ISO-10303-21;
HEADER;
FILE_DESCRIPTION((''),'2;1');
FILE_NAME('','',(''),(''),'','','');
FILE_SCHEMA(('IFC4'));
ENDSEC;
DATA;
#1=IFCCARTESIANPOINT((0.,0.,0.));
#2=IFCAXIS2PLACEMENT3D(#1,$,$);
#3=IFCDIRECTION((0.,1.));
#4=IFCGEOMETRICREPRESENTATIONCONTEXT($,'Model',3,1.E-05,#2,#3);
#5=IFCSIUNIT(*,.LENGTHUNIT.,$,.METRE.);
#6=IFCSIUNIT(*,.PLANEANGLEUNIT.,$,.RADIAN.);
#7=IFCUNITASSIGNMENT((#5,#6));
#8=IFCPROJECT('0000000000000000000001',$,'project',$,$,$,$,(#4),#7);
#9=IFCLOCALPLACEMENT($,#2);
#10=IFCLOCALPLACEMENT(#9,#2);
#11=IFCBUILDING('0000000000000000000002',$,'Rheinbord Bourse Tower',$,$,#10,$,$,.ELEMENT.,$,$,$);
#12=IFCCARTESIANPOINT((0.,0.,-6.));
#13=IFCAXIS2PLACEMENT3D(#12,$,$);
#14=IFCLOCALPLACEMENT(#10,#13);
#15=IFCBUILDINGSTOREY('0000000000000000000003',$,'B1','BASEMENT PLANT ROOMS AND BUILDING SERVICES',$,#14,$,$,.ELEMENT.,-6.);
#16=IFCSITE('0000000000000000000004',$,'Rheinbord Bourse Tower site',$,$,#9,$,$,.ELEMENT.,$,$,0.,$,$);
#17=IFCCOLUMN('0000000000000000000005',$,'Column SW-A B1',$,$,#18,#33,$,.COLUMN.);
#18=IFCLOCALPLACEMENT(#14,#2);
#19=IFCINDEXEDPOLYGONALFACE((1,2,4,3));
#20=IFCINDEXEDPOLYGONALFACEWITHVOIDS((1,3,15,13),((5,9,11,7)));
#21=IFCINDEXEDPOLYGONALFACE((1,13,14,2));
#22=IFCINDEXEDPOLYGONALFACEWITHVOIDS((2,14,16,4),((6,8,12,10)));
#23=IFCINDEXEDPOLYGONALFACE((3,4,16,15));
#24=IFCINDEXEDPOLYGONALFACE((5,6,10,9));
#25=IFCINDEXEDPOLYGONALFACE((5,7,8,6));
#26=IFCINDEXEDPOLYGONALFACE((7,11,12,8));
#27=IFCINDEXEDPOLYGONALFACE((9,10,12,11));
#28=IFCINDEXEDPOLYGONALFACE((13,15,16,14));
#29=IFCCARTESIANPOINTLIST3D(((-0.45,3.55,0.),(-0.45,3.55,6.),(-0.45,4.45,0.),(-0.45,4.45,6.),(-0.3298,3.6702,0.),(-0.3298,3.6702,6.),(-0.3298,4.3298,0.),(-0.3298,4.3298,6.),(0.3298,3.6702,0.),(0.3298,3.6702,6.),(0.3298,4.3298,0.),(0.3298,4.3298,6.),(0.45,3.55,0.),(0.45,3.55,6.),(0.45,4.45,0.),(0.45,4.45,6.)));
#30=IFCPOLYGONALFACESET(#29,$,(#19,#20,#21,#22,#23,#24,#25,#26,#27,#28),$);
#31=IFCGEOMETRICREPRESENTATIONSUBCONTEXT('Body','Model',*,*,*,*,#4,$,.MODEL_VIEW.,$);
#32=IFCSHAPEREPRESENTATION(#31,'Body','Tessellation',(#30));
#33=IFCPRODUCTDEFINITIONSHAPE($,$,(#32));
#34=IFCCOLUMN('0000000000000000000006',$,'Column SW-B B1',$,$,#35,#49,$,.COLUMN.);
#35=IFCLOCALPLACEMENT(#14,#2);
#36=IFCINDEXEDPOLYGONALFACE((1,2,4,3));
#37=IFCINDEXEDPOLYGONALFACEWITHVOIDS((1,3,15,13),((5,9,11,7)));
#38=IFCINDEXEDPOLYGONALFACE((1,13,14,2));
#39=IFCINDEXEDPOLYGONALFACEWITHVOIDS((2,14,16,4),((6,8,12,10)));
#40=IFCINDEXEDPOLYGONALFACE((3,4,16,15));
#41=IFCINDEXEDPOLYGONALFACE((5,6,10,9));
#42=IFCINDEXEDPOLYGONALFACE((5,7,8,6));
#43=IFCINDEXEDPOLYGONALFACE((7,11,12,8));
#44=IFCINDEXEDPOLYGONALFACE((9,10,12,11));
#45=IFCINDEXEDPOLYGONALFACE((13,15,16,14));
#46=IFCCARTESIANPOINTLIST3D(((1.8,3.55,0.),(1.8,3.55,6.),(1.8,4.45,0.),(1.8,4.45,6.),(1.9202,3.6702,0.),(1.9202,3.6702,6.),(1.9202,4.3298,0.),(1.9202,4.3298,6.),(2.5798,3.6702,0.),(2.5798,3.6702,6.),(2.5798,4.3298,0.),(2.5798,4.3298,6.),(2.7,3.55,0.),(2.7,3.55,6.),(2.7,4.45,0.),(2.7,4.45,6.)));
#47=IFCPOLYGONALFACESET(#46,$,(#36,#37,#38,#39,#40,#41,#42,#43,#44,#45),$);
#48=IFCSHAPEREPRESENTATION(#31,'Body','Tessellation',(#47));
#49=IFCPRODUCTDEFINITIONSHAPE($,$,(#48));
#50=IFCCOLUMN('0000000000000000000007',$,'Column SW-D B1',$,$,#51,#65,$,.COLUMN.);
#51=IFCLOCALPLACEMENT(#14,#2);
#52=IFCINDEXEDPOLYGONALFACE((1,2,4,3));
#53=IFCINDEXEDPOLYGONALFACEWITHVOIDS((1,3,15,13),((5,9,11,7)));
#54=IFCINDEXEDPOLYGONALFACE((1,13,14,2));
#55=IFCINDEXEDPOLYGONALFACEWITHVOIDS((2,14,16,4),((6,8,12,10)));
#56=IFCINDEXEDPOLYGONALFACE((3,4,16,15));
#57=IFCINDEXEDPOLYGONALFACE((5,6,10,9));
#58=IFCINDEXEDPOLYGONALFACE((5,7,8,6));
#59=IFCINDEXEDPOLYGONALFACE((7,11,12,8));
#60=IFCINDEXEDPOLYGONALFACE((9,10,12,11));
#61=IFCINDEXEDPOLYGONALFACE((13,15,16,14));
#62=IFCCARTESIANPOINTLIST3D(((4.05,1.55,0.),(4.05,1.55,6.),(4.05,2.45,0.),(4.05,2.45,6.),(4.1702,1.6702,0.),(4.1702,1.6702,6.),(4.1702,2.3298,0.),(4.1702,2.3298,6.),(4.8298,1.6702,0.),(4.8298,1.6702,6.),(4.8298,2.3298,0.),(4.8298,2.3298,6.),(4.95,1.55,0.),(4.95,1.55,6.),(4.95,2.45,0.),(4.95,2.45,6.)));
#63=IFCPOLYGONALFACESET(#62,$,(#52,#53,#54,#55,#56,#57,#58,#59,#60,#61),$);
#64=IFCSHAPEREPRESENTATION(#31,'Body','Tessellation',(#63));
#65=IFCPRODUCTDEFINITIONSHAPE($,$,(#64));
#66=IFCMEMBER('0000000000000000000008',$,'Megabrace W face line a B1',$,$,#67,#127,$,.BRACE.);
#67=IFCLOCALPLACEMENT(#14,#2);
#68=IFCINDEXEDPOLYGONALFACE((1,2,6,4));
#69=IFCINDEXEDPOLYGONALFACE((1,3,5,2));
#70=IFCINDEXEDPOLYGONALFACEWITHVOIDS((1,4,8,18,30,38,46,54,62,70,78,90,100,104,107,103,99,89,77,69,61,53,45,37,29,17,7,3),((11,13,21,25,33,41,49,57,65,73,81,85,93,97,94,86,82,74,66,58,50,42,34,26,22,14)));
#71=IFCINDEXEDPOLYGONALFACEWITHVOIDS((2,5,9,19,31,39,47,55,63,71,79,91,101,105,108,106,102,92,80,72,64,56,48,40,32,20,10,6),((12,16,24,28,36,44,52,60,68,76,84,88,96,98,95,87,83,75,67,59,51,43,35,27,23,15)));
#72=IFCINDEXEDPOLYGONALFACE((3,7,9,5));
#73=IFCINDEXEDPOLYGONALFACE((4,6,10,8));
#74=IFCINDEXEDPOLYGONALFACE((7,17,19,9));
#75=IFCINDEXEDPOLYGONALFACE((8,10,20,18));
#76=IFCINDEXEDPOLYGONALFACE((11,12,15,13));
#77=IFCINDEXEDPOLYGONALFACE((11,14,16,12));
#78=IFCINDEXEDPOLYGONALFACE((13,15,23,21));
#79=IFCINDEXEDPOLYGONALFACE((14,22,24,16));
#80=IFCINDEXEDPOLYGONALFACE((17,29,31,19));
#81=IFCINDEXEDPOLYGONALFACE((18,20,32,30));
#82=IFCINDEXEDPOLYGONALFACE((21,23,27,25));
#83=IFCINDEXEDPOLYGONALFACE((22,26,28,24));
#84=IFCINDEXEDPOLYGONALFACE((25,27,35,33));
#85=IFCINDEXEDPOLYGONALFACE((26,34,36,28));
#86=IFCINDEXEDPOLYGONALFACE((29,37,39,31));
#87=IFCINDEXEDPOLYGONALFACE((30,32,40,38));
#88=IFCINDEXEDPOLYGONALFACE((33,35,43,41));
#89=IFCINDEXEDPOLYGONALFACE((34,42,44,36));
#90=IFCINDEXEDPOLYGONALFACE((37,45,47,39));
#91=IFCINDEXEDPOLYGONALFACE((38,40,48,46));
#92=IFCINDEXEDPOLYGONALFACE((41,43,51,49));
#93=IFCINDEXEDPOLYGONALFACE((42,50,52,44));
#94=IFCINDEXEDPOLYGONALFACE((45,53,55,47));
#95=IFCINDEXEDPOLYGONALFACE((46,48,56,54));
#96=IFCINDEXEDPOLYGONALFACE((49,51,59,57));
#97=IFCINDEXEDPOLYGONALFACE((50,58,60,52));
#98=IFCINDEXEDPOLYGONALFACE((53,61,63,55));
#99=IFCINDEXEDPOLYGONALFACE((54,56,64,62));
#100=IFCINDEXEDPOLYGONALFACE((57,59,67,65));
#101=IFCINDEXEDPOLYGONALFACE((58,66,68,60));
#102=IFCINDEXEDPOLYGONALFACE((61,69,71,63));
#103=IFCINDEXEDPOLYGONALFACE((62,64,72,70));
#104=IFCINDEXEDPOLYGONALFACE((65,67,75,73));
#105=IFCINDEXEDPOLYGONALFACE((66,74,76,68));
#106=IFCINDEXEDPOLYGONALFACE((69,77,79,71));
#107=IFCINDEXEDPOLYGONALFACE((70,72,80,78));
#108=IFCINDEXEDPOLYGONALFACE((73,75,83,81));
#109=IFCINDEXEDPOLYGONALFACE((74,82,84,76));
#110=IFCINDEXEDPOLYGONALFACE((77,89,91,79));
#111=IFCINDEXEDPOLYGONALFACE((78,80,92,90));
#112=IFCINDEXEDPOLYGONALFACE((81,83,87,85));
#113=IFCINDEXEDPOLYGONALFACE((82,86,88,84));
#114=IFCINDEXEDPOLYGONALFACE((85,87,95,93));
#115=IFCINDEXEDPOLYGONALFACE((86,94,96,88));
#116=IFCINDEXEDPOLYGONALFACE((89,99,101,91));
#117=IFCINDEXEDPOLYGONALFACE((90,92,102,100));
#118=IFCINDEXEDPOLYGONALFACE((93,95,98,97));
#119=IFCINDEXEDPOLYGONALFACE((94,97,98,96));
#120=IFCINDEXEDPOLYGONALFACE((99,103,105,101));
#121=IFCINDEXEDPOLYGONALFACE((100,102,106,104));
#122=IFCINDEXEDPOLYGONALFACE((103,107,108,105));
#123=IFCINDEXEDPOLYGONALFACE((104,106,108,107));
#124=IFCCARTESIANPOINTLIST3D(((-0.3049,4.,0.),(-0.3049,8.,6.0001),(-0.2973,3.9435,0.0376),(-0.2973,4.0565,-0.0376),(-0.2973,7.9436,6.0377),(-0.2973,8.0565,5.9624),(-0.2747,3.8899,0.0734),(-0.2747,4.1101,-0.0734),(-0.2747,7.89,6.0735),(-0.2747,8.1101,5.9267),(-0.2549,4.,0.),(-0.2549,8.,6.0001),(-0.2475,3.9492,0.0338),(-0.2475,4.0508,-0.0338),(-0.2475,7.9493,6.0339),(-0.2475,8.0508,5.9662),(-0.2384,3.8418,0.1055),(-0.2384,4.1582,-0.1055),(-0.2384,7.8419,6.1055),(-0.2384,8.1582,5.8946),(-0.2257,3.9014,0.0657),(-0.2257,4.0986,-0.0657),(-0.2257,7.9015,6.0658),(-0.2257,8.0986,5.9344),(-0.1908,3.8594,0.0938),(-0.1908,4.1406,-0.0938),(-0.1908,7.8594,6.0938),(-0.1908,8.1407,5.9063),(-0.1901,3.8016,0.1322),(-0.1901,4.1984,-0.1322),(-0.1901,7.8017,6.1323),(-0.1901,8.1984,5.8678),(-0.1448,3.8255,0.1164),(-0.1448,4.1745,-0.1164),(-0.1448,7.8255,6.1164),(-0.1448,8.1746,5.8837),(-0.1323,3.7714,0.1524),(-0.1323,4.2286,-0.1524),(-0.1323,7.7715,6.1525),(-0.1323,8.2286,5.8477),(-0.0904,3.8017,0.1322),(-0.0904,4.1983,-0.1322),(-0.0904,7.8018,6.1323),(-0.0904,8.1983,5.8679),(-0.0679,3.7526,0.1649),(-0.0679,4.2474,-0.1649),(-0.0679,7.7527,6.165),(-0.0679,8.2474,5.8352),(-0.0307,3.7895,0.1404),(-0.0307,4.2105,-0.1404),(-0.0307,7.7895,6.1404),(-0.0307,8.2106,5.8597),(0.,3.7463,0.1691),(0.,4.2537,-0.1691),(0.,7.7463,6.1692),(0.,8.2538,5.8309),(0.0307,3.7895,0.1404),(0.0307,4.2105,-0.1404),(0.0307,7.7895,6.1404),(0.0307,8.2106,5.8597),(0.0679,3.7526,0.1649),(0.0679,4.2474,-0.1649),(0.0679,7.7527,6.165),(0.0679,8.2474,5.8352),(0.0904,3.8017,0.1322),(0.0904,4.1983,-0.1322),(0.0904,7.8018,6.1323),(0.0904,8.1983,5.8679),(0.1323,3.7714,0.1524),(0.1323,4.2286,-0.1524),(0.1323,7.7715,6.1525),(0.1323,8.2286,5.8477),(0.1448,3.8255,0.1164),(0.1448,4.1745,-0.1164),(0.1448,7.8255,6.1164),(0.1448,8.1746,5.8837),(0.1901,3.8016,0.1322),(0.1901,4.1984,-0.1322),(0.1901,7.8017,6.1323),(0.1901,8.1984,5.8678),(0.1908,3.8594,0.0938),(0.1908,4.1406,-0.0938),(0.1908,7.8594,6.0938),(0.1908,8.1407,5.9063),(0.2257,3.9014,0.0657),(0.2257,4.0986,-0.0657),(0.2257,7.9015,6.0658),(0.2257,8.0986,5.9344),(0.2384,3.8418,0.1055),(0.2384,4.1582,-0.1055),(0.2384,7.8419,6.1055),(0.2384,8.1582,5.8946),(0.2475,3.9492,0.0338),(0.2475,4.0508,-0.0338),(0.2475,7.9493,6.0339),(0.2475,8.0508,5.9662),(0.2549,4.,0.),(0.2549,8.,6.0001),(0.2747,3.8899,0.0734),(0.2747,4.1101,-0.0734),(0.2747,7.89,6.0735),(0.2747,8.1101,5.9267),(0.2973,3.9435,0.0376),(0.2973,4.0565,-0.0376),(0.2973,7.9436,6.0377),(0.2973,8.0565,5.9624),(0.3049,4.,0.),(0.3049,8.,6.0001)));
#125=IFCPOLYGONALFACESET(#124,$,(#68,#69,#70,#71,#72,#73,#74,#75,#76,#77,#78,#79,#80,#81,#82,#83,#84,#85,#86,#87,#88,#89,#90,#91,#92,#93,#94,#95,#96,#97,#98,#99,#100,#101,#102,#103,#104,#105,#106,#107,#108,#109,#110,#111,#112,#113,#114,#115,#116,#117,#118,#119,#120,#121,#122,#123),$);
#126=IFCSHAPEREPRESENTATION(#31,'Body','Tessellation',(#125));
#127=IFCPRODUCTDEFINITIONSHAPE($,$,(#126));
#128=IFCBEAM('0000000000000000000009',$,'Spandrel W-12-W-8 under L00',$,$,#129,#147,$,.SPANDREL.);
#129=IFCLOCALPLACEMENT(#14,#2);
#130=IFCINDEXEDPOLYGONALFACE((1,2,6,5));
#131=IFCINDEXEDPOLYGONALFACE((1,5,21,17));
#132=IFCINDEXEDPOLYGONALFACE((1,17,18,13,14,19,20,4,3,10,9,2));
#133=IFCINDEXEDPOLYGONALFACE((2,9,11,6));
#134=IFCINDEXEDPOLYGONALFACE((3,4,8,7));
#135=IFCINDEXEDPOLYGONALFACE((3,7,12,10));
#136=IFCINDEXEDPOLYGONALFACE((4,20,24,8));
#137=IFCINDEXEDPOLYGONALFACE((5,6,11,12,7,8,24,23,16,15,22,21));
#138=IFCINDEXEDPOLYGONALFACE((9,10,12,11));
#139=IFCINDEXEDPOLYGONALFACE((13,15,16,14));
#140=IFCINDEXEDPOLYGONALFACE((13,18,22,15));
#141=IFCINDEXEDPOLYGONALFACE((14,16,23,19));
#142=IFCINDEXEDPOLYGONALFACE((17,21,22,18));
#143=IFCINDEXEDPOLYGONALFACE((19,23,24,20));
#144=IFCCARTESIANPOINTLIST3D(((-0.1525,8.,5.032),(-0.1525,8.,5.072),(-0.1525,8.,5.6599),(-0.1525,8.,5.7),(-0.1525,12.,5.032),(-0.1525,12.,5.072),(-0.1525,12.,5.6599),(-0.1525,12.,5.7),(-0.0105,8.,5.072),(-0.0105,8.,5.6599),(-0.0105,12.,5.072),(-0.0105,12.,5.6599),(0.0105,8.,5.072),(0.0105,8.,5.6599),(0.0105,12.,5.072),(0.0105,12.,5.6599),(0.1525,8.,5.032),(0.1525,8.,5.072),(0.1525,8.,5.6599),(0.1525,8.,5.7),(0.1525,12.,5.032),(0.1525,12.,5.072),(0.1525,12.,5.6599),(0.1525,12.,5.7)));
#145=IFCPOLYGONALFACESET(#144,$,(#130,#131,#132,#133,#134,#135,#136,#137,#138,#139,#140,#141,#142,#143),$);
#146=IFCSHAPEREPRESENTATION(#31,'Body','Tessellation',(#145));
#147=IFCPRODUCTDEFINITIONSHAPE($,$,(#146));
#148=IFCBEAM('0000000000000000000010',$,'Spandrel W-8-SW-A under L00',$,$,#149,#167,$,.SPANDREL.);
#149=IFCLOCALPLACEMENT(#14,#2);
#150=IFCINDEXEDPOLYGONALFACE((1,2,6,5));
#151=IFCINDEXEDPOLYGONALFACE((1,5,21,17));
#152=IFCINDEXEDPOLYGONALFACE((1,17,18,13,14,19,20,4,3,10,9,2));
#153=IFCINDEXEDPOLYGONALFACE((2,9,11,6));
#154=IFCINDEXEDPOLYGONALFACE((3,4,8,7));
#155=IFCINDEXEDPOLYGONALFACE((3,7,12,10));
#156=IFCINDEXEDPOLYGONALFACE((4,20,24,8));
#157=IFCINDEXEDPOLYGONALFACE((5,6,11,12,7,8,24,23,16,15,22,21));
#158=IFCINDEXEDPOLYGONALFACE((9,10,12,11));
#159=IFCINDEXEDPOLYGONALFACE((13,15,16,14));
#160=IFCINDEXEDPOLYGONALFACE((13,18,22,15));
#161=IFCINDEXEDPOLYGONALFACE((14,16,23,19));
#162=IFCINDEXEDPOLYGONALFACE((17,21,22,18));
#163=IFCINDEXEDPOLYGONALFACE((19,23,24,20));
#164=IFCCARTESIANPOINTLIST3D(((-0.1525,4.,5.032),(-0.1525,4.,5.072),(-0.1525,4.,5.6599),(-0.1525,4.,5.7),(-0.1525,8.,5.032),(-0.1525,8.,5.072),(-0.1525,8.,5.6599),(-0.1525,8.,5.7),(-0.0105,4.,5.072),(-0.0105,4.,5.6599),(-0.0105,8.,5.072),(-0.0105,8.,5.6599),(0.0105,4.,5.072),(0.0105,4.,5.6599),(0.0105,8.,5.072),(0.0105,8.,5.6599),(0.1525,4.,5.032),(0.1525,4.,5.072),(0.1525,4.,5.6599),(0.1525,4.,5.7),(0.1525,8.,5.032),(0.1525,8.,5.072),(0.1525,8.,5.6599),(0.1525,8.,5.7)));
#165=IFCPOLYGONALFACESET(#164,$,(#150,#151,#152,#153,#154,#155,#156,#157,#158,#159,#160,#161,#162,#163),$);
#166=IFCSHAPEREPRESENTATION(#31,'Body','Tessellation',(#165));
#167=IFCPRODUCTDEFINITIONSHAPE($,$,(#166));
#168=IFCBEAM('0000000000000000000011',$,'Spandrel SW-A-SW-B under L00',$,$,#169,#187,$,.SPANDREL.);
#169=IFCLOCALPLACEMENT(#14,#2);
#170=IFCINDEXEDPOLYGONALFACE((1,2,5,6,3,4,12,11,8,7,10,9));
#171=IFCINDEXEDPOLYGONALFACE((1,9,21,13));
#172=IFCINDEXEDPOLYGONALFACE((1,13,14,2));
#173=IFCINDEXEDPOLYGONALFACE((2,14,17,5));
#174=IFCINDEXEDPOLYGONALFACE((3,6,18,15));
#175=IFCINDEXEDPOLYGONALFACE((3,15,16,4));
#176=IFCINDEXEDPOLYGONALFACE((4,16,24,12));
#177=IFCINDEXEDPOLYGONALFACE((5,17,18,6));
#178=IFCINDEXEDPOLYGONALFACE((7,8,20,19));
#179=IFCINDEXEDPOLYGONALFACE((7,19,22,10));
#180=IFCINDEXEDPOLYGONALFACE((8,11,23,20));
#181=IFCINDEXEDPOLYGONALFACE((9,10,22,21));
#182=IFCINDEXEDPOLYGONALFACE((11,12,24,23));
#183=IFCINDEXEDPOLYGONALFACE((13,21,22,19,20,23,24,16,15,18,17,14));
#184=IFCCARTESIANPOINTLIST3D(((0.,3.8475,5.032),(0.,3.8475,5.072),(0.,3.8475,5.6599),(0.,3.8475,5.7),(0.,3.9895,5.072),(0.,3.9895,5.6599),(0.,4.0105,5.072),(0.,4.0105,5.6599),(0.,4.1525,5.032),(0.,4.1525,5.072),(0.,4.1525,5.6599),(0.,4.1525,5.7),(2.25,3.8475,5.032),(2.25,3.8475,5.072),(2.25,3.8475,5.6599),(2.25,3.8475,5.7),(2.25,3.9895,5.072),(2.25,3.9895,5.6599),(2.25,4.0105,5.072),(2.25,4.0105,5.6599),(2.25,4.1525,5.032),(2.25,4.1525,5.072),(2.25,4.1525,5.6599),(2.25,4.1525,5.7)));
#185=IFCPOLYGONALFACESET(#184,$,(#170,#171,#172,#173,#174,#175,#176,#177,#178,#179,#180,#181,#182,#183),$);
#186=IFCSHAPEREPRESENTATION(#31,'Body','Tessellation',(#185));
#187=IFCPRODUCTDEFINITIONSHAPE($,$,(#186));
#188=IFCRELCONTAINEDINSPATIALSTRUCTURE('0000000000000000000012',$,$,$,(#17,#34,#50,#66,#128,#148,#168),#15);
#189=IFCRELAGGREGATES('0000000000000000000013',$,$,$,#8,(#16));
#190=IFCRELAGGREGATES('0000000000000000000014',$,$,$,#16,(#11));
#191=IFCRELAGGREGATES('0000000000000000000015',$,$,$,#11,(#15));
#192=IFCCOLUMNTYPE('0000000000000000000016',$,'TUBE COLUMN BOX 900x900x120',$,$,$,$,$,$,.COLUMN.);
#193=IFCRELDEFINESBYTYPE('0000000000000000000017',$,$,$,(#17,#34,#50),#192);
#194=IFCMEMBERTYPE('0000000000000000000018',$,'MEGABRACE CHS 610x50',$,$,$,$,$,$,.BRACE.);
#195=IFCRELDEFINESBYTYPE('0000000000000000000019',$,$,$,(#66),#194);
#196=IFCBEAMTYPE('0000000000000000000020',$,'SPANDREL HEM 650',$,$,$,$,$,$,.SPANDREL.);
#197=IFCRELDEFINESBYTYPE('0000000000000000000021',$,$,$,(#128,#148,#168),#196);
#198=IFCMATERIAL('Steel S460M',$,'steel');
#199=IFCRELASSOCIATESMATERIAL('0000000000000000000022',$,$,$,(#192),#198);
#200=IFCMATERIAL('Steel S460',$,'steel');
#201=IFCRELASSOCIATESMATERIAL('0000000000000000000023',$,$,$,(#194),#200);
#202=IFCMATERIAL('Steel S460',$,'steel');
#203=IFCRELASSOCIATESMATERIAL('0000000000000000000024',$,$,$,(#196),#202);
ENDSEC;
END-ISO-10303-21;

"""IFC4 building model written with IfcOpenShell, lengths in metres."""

from ifc_helpers import new_model, si_unit, direction, frame, origin, origin_2d, place, context, subcontext, project, spatial, hollow_rectangle, hollow_circle, i_section, extrude, material, material_profile, profile_set, type_object, element, save


model = new_model("IFC4")

# Units and contexts
model_context = context("Model", 3, precision=1e-05, world=origin(), true_north=direction((0.0, 1.0)))
body_context = subcontext(model_context, "Body", "Model", "MODEL_VIEW")
ifc_project = project(units=[si_unit("LENGTHUNIT", "METRE"), si_unit("PLANEANGLEUNIT", "RADIAN")], contexts=[model_context])

# Site, building, storey
site_placement = place(None, origin())
site = spatial("IfcSite", under=ifc_project, at=site_placement, Name="Rheinbord Bourse Tower site", CompositionType="ELEMENT", RefElevation=0.0)
building_placement = place(site_placement, origin())
building = spatial("IfcBuilding", under=site, at=building_placement, Name="Rheinbord Bourse Tower", CompositionType="ELEMENT")
storey_placement = place(building_placement, frame((0.0, 0.0, -6.0)))
storey = spatial("IfcBuildingStorey", under=building, at=storey_placement, Name="B1", Description="BASEMENT PLANT ROOMS AND BUILDING SERVICES", CompositionType="ELEMENT", Elevation=-6.0)

# Columns
ifc_material_1 = material(Name="Steel S460M", Category="steel")
ifc_material_profile_1 = material_profile(ifc_material_1, hollow_rectangle(XDim=0.8999, YDim=0.8999, WallThickness=0.1201, at=origin_2d()), Name="BOX 900x900x120")
ifc_profile_set_1 = profile_set([ifc_material_profile_1], Name="Steel S460M")
column_type = type_object("IfcColumnType", Name="TUBE COLUMN BOX 900x900x120", PredefinedType="COLUMN", material=ifc_profile_set_1)
for number, where, z_axis, x_axis, name in (
    (1, (0.0, 4.0, 0.0), (0.0, 0.0, 1.0), (1.0, 0.0, 0.0), "Column SW-A B1"),
    (2, (2.25, 4.0, 0.0), (0.0, 0.0, 1.0), (1.0, 0.0, 0.0), "Column SW-B B1"),
    (3, (4.5, 2.0, 0.0), (0.0, 0.0, 1.0), (0.0, 1.0, 0.0), "Column SW-D B1"),
):
    element("IfcColumn", number, at=place(storey_placement, frame(where, z_axis=z_axis, x_axis=x_axis)), inside=storey, type_object=column_type, Name=name, PredefinedType="COLUMN", context=body_context, shape_type="SweptSolid", body=[
        extrude(hollow_rectangle(XDim=0.8999, YDim=0.8999, WallThickness=0.1201, at=origin_2d()), origin(), (0.0, 0.0, 1.0), 6.0),
    ])

# Member
ifc_material_2 = material(Name="Steel S460", Category="steel")
ifc_material_profile_2 = material_profile(ifc_material_2, hollow_circle(Radius=0.3049, WallThickness=0.05, at=origin_2d()), Name="CHS 610x50")
ifc_profile_set_2 = profile_set([ifc_material_profile_2], Name="Steel S460")
member_type = type_object("IfcMemberType", Name="MEGABRACE CHS 610x50", PredefinedType="BRACE", material=ifc_profile_set_2)
member_placement = place(storey_placement, frame((0.0, 4.0, 0.0), z_axis=(0.0, 0.5547, 0.83205), x_axis=(-1.0, 0.0, 0.0)))
element("IfcMember", 4, at=member_placement, inside=storey, type_object=member_type, Name="Megabrace W face line a B1", PredefinedType="BRACE", context=body_context, shape_type="SweptSolid", body=[
    extrude(hollow_circle(Radius=0.3049, WallThickness=0.05, at=origin_2d()), origin(), (0.0, 0.0, 1.0), 7.2112),
])

# Beams
ifc_material_3 = material(Name="Steel S460", Category="steel")
ifc_material_profile_3 = material_profile(ifc_material_3, i_section(OverallWidth=0.3049, OverallDepth=0.668, WebThickness=0.021, FlangeThickness=0.04, at=origin_2d()), Name="HEM 650")
ifc_profile_set_3 = profile_set([ifc_material_profile_3], Name="Steel S460")
beam_type_1 = type_object("IfcBeamType", Name="SPANDREL HEM 650", PredefinedType="SPANDREL", material=ifc_profile_set_3)
for number, where, z_axis, x_axis, name in (
    (5, (0.0, 12.0, 5.366), (0.0, -1.0, 0.0), (1.0, 0.0, 0.0), "Spandrel W-12-W-8 under L00"),
    (6, (0.0, 8.0, 5.366), (0.0, -1.0, 0.0), (1.0, 0.0, 0.0), "Spandrel W-8-SW-A under L00"),
):
    element("IfcBeam", number, at=place(storey_placement, frame(where, z_axis=z_axis, x_axis=x_axis)), inside=storey, type_object=beam_type_1, Name=name, PredefinedType="SPANDREL", context=body_context, shape_type="SweptSolid", body=[
        extrude(i_section(OverallWidth=0.3049, OverallDepth=0.668, WebThickness=0.021, FlangeThickness=0.04, at=origin_2d()), origin(), (0.0, 0.0, 1.0), 4.0),
    ])
beam_placement = place(storey_placement, frame((0.0, 4.0, 5.366), z_axis=(1.0, 0.0, 0.0), x_axis=(0.0, 1.0, 0.0)))
element("IfcBeam", 7, at=beam_placement, inside=storey, type_object=beam_type_1, Name="Spandrel SW-A-SW-B under L00", PredefinedType="SPANDREL", context=body_context, shape_type="SweptSolid", body=[
    extrude(i_section(OverallWidth=0.3049, OverallDepth=0.668, WebThickness=0.021, FlangeThickness=0.04, at=origin_2d()), origin(), (0.0, 0.0, 1.0), 2.25),
])

save(model, "model.ifc")
